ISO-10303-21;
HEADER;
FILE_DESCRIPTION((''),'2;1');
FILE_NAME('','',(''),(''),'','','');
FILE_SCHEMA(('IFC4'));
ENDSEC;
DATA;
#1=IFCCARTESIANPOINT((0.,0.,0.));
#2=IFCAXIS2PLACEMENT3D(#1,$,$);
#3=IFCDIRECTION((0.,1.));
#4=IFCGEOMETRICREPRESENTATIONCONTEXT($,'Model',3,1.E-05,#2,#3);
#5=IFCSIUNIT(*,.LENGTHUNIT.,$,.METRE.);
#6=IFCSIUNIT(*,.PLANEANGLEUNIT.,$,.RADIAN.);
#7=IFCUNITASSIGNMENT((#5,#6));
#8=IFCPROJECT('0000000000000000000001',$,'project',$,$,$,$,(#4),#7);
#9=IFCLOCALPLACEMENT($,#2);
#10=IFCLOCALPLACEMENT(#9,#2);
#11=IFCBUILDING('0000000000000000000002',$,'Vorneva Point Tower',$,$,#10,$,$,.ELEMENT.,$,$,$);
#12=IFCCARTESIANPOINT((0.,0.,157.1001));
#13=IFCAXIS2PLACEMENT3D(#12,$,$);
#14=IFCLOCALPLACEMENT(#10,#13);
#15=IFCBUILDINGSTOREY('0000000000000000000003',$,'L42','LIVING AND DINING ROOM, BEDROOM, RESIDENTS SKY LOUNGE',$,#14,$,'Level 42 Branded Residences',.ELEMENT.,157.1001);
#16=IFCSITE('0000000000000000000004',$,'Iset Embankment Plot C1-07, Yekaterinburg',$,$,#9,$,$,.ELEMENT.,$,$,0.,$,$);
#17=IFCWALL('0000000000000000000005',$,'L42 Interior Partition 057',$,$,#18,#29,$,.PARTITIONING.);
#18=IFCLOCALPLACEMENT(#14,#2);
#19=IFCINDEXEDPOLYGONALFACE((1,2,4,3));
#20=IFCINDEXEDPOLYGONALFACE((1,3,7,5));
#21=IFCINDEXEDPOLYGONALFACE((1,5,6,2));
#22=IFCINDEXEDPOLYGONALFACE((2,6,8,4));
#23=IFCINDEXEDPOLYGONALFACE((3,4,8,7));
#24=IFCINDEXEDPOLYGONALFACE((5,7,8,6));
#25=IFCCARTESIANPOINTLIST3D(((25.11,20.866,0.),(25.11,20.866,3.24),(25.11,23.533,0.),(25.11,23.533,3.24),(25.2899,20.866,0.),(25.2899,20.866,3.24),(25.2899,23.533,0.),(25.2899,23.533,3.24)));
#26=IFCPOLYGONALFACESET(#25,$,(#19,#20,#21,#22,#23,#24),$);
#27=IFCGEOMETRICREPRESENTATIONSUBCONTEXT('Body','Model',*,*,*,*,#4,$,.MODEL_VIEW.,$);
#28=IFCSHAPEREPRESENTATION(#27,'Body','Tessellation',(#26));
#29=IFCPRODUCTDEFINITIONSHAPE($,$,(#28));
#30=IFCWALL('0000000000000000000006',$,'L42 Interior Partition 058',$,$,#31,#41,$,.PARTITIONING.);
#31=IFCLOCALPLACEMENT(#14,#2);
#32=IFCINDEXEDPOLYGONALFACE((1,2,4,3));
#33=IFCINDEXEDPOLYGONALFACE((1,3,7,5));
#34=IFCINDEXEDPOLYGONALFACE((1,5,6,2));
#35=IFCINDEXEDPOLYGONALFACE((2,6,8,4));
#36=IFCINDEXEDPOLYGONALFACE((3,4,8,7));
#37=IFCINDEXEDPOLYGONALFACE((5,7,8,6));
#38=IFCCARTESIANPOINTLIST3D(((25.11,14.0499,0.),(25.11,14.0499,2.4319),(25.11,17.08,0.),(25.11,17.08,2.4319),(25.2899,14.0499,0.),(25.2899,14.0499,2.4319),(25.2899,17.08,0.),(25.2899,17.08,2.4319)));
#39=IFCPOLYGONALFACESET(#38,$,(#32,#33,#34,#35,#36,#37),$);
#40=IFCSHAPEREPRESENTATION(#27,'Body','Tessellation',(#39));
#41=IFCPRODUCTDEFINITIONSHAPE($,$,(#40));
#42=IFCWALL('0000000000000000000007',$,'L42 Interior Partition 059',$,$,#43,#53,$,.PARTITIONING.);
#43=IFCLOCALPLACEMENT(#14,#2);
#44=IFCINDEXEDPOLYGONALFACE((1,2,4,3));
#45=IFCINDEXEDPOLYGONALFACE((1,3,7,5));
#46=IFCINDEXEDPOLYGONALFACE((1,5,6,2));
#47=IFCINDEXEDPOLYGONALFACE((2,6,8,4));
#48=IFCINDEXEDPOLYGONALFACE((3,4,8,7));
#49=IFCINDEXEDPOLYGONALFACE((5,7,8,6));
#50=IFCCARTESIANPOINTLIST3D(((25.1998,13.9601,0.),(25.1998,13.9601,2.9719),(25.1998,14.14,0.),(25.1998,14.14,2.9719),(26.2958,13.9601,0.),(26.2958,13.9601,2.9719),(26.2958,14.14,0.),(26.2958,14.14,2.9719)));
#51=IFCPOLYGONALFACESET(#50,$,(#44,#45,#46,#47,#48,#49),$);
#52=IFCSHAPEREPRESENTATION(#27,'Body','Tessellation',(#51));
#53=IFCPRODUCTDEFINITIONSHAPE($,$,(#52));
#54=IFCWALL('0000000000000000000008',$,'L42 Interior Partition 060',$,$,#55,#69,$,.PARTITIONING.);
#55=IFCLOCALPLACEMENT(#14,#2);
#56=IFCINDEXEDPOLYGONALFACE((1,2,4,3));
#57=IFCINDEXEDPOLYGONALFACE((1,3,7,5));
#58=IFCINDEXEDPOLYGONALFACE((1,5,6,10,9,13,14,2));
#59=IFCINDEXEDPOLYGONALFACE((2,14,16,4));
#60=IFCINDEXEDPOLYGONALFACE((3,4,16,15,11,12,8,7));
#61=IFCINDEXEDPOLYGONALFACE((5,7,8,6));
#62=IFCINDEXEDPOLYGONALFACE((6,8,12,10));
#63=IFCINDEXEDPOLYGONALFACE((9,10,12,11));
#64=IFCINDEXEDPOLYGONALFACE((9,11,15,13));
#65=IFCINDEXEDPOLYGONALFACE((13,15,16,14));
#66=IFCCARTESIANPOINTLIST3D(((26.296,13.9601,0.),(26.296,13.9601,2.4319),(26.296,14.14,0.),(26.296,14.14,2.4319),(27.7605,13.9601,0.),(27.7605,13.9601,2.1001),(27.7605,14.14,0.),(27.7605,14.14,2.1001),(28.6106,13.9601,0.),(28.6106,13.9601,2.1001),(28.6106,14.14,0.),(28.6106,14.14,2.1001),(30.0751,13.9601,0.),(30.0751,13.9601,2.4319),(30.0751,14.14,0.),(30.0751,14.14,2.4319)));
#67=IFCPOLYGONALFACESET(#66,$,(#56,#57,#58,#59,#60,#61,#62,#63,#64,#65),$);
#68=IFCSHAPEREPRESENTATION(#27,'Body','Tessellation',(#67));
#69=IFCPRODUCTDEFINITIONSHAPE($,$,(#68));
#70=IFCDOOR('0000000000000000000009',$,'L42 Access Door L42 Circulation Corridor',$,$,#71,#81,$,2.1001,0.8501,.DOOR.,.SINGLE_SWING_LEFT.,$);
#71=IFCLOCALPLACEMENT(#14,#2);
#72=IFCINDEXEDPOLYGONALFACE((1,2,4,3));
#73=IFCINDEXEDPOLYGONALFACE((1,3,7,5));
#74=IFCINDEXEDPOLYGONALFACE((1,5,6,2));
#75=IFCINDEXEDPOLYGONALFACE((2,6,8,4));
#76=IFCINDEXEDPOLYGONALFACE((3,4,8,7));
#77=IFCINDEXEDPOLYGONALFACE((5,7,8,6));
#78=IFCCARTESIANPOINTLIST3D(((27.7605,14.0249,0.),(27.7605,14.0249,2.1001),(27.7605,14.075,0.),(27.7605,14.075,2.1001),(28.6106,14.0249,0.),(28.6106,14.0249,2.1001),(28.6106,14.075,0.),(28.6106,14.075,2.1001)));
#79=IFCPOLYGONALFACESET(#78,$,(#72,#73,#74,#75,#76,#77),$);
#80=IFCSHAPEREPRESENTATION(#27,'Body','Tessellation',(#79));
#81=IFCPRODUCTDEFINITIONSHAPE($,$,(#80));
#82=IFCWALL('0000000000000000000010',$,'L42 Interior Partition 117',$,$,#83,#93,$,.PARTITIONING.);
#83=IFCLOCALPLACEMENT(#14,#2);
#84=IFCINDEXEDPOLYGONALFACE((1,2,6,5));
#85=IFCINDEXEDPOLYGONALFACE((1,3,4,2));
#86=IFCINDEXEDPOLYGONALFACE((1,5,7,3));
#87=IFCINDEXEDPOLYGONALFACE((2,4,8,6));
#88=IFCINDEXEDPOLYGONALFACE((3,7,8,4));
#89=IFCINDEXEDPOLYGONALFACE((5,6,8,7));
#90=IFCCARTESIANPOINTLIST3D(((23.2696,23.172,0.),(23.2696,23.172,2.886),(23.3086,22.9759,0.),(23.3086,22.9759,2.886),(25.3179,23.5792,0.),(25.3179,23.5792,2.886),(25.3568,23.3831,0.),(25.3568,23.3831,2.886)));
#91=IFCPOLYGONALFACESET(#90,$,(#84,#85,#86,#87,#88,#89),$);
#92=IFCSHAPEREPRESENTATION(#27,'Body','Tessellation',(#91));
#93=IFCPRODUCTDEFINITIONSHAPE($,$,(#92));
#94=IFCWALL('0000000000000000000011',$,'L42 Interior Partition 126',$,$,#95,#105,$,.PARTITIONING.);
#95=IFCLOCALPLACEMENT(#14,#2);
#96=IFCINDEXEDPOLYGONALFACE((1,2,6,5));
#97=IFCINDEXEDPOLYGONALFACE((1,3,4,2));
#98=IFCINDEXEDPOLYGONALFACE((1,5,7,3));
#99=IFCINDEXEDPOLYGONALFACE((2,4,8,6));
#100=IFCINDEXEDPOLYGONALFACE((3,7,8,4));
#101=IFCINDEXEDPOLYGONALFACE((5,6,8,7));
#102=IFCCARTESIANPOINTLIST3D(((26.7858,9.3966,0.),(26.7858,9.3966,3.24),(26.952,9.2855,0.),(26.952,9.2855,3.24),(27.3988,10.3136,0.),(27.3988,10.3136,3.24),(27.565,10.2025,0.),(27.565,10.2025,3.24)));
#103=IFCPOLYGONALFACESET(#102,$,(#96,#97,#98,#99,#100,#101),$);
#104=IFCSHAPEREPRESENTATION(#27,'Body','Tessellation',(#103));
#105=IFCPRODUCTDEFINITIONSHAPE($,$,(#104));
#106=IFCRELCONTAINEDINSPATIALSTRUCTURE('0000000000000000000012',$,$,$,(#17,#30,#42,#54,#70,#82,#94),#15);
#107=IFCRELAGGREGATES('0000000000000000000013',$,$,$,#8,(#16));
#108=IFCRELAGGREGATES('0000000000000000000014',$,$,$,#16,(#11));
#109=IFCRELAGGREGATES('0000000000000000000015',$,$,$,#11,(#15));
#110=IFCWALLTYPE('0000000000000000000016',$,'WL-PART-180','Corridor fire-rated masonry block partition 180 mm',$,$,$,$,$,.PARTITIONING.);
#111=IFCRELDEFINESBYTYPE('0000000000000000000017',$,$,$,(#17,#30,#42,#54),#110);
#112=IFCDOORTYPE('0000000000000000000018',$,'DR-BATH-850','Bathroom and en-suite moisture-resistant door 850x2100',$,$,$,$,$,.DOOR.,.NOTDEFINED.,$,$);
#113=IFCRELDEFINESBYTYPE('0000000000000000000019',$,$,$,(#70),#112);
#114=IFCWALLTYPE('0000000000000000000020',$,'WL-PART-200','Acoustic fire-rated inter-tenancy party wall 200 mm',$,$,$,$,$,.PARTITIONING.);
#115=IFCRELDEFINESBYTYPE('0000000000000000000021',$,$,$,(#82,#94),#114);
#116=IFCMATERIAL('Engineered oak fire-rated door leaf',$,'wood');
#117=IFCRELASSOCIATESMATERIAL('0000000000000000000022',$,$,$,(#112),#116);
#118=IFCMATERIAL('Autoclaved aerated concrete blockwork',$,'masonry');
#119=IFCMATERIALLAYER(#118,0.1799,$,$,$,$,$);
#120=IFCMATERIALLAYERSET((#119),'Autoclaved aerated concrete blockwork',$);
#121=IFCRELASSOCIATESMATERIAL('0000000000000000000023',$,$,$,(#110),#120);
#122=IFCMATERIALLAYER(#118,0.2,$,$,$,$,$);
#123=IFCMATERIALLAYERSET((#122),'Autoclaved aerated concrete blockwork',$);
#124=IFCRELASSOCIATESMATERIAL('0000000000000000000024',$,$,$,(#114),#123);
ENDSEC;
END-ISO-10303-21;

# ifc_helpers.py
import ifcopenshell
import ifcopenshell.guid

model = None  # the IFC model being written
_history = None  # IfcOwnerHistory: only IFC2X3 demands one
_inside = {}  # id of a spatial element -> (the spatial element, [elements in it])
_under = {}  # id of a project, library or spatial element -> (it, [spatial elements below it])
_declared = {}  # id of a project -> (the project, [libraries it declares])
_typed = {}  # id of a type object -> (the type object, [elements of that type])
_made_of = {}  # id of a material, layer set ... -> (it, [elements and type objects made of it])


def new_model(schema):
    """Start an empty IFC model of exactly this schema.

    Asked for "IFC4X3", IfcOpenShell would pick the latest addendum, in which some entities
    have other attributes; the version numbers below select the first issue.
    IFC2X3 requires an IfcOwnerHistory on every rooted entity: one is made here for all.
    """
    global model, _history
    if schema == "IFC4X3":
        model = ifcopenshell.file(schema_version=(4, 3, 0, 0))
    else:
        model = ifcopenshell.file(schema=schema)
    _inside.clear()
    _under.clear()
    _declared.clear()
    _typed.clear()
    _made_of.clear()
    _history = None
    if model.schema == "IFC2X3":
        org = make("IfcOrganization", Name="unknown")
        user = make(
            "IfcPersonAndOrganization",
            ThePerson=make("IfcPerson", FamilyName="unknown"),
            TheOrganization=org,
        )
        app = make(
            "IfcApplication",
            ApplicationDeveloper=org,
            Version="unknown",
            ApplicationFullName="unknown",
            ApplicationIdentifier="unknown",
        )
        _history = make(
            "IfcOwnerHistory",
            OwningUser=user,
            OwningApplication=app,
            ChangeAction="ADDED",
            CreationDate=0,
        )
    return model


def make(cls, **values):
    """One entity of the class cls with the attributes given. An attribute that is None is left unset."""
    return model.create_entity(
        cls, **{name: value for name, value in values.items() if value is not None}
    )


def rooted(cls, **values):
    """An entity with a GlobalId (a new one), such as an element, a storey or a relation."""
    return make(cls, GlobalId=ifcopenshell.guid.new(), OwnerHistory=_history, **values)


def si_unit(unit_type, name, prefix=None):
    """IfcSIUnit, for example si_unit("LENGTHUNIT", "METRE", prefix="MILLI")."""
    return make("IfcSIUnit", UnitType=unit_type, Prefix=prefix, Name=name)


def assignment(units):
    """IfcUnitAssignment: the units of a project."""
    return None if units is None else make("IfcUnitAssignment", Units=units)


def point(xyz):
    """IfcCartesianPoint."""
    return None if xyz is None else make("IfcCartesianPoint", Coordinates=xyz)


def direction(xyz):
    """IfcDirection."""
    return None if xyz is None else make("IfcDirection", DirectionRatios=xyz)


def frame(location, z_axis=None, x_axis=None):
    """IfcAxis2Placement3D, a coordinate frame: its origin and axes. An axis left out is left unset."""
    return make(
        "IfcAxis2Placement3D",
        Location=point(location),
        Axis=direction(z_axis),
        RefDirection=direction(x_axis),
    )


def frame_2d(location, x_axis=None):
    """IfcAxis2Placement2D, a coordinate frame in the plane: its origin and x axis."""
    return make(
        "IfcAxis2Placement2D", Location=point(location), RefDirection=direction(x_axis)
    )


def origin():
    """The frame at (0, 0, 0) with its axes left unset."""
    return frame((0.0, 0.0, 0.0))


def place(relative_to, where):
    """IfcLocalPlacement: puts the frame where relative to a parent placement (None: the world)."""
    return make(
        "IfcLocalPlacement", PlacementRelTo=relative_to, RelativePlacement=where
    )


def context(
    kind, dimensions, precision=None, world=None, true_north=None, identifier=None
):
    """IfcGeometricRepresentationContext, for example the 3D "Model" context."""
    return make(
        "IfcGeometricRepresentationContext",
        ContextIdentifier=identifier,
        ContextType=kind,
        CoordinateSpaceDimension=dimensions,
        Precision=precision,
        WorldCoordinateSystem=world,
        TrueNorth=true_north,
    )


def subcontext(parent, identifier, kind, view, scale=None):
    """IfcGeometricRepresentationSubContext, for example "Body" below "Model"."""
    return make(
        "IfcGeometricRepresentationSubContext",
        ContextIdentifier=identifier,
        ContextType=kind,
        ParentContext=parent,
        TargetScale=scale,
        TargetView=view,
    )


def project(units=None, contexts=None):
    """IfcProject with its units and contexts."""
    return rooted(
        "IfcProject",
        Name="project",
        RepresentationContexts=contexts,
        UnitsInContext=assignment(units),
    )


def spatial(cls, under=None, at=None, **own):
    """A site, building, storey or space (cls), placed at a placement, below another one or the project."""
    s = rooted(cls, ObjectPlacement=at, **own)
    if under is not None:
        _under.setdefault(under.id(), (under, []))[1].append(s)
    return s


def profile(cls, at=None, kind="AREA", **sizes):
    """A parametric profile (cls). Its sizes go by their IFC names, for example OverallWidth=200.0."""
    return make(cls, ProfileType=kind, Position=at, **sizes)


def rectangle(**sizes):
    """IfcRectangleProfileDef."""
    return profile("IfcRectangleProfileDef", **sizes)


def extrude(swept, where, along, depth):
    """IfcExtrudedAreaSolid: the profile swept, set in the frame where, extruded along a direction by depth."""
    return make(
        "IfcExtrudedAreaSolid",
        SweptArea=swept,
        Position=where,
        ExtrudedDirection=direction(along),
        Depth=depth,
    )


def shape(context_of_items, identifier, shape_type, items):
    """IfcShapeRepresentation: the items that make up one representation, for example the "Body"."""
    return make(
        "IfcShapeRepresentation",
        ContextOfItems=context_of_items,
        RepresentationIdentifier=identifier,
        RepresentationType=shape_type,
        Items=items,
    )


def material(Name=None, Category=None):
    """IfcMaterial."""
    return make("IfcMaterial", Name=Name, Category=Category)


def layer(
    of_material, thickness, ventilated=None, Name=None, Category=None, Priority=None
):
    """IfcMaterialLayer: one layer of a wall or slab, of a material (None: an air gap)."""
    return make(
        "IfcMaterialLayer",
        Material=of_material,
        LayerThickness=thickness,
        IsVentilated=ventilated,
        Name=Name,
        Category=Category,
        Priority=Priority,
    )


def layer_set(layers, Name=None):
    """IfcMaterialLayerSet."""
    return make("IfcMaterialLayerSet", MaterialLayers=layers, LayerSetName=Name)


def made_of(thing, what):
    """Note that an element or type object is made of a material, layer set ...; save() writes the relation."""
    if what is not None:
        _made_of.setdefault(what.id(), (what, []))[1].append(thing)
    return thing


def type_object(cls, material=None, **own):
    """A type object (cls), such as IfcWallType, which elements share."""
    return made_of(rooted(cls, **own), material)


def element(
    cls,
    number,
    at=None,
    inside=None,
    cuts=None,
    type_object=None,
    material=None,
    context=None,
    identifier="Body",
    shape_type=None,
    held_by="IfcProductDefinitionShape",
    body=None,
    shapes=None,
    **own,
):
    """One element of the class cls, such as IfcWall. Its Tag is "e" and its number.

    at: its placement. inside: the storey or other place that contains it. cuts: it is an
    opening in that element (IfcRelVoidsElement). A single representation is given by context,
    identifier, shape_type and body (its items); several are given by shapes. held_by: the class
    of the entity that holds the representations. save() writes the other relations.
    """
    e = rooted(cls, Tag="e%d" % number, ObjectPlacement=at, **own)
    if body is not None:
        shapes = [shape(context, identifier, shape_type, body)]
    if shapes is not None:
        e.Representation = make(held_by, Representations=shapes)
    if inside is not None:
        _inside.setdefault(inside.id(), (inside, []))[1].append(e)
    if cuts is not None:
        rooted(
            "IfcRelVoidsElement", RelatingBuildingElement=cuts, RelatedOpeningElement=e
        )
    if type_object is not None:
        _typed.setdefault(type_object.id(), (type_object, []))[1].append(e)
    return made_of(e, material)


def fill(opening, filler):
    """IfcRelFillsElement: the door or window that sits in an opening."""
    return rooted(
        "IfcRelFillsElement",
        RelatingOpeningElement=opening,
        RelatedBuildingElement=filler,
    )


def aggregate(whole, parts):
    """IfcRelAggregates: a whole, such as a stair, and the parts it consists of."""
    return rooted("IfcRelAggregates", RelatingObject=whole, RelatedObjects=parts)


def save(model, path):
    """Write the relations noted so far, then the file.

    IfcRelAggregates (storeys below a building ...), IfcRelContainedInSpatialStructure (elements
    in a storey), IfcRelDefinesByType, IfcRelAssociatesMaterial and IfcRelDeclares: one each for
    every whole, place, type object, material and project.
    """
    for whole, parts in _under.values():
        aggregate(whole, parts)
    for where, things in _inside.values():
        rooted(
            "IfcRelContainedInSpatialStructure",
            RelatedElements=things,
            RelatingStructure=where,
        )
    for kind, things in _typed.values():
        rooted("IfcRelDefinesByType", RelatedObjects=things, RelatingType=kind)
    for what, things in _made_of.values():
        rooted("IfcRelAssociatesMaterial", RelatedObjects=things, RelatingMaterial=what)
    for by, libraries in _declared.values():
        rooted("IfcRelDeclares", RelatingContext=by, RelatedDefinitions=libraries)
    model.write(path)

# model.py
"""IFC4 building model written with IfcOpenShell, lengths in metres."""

from ifc_helpers import new_model, si_unit, direction, frame, frame_2d, origin, place, context, subcontext, project, spatial, rectangle, extrude, material, layer, layer_set, type_object, element, fill, save


model = new_model("IFC4")

# Units and contexts
model_context = context("Model", 3, precision=1e-05, world=origin(), true_north=direction((0.0, 1.0)))
body_context = subcontext(model_context, "Body", "Model", "MODEL_VIEW")
ifc_project = project(units=[si_unit("LENGTHUNIT", "METRE"), si_unit("PLANEANGLEUNIT", "RADIAN")], contexts=[model_context])

# Site, building, storey
site_placement = place(None, origin())
site = spatial("IfcSite", under=ifc_project, at=site_placement, Name="Iset Embankment Plot C1-07, Yekaterinburg", CompositionType="ELEMENT", RefElevation=0.0)
building_placement = place(site_placement, origin())
building = spatial("IfcBuilding", under=site, at=building_placement, Name="Vorneva Point Tower", CompositionType="ELEMENT")
storey_placement = place(building_placement, frame((0.0, 0.0, 157.1001)))
storey = spatial("IfcBuildingStorey", under=building, at=storey_placement, Name="L42", Description="LIVING AND DINING ROOM, BEDROOM, RESIDENTS SKY LOUNGE", LongName="Level 42 Branded Residences", CompositionType="ELEMENT", Elevation=157.1001)

# Shared definitions
ifc_material_1 = material(Name="Engineered oak fire-rated door leaf", Category="wood")
door_type_1 = type_object("IfcDoorType", Name="DR-BATH-850", Description="Bathroom and en-suite moisture-resistant door 850x2100", OperationType="NOTDEFINED", PredefinedType="DOOR", material=ifc_material_1)

# Shared definitions
ifc_material_2 = material(Name="Autoclaved aerated concrete blockwork", Category="masonry")
ifc_layer_1 = layer(ifc_material_2, 0.1799)
ifc_layer_set_1 = layer_set([ifc_layer_1], Name="Autoclaved aerated concrete blockwork")
wall_type_1 = type_object("IfcWallType", Name="WL-PART-180", Description="Corridor fire-rated masonry block partition 180 mm", PredefinedType="PARTITIONING", material=ifc_layer_set_1)

# Walls
wall_1_placement = place(storey_placement, frame((25.2, 23.533, 0.0), z_axis=(0.0, 0.0, 1.0), x_axis=(0.0, -1.0, 0.0)))
element("IfcWall", 1, at=wall_1_placement, inside=storey, type_object=wall_type_1, Name="L42 Interior Partition 057", PredefinedType="PARTITIONING", context=body_context, shape_type="SweptSolid", body=[
    extrude(rectangle(XDim=2.667, YDim=0.1799, at=frame_2d((1.3335, 0.0))), origin(), (0.0, 0.0, 1.0), 3.24),
])
wall_2_placement = place(storey_placement, frame((25.2, 17.0801, 0.0), z_axis=(0.0, 0.0, 1.0), x_axis=(0.0, -1.0, 0.0)))
element("IfcWall", 2, at=wall_2_placement, inside=storey, type_object=wall_type_1, Name="L42 Interior Partition 058", PredefinedType="PARTITIONING", context=body_context, shape_type="SweptSolid", body=[
    extrude(rectangle(XDim=3.03, YDim=0.1799, at=frame_2d((1.5151, 0.0))), origin(), (0.0, 0.0, 1.0), 2.4319),
])
wall_3_placement = place(storey_placement, frame((25.2, 14.05, 0.0), z_axis=(0.0, 0.0, 1.0), x_axis=(1.0, 0.0, 0.0)))
element("IfcWall", 3, at=wall_3_placement, inside=storey, type_object=wall_type_1, Name="L42 Interior Partition 059", PredefinedType="PARTITIONING", context=body_context, shape_type="SweptSolid", body=[
    extrude(rectangle(XDim=1.0959, YDim=0.1799, at=frame_2d((0.5479, 0.0))), origin(), (0.0, 0.0, 1.0), 2.9719),
])

# Wall, opening, door
wall_4_placement = place(storey_placement, frame((26.2959, 14.05, 0.0), z_axis=(0.0, 0.0, 1.0), x_axis=(1.0, 0.0, 0.0)))
wall_4 = element("IfcWall", 4, at=wall_4_placement, inside=storey, type_object=wall_type_1, Name="L42 Interior Partition 060", PredefinedType="PARTITIONING", context=body_context, shape_type="SweptSolid", body=[
    extrude(rectangle(XDim=3.7791, YDim=0.1799, at=frame_2d((1.8896, 0.0))), origin(), (0.0, 0.0, 1.0), 2.4319),
])
opening_1_placement = place(wall_4_placement, frame((1.4646, 0.0, 0.0)))
opening_1 = element("IfcOpeningElement", 5, at=opening_1_placement, cuts=wall_4, PredefinedType="OPENING", context=body_context, shape_type="SweptSolid", body=[
    extrude(rectangle(XDim=0.8501, YDim=2.1001, at=frame_2d((0.425, 1.05))), frame((0.0, 0.105, 0.0), z_axis=(0.0, -1.0, 0.0), x_axis=(1.0, 0.0, 0.0)), (0.0, 0.0, 1.0), 0.2097),
])
door_1_placement = place(opening_1_placement, origin())
door_1 = element("IfcDoor", 6, at=door_1_placement, inside=storey, type_object=door_type_1, Name="L42 Access Door L42 Circulation Corridor", OperationType="SINGLE_SWING_LEFT", OverallHeight=2.1001, OverallWidth=0.8501, PredefinedType="DOOR", context=body_context, shape_type="SweptSolid", body=[
    extrude(rectangle(XDim=0.8501, YDim=2.1001, at=frame_2d((0.425, 1.05))), frame((0.0, 0.0249, 0.0), z_axis=(0.0, -1.0, 0.0), x_axis=(1.0, 0.0, 0.0)), (0.0, 0.0, 1.0), 0.05),
])
fill(opening_1, door_1)

# Walls
ifc_layer_2 = layer(ifc_material_2, 0.2)
ifc_layer_set_2 = layer_set([ifc_layer_2], Name="Autoclaved aerated concrete blockwork")
wall_type_2 = type_object("IfcWallType", Name="WL-PART-200", Description="Acoustic fire-rated inter-tenancy party wall 200 mm", PredefinedType="PARTITIONING", material=ifc_layer_set_2)
wall_5_placement = place(storey_placement, frame((23.2891, 23.074, 0.0), z_axis=(0.0, 0.0, 1.0), x_axis=(0.980805, 0.194992, 0.0)))
element("IfcWall", 7, at=wall_5_placement, inside=storey, type_object=wall_type_2, Name="L42 Interior Partition 117", PredefinedType="PARTITIONING", context=body_context, shape_type="SweptSolid", body=[
    extrude(rectangle(XDim=2.0884, YDim=0.2, at=frame_2d((1.0442, 0.0))), origin(), (0.0, 0.0, 1.0), 2.886),
])
wall_6_placement = place(storey_placement, frame((26.8689, 9.3411, 0.0), z_axis=(0.0, 0.0, 1.0), x_axis=(0.555772, 0.831335, 0.0)))
element("IfcWall", 8, at=wall_6_placement, inside=storey, type_object=wall_type_2, Name="L42 Interior Partition 126", PredefinedType="PARTITIONING", context=body_context, shape_type="SweptSolid", body=[
    extrude(rectangle(XDim=1.103, YDim=0.2, at=frame_2d((0.5515, 0.0))), origin(), (0.0, 0.0, 1.0), 3.24),
])

save(model, "model.ifc")
